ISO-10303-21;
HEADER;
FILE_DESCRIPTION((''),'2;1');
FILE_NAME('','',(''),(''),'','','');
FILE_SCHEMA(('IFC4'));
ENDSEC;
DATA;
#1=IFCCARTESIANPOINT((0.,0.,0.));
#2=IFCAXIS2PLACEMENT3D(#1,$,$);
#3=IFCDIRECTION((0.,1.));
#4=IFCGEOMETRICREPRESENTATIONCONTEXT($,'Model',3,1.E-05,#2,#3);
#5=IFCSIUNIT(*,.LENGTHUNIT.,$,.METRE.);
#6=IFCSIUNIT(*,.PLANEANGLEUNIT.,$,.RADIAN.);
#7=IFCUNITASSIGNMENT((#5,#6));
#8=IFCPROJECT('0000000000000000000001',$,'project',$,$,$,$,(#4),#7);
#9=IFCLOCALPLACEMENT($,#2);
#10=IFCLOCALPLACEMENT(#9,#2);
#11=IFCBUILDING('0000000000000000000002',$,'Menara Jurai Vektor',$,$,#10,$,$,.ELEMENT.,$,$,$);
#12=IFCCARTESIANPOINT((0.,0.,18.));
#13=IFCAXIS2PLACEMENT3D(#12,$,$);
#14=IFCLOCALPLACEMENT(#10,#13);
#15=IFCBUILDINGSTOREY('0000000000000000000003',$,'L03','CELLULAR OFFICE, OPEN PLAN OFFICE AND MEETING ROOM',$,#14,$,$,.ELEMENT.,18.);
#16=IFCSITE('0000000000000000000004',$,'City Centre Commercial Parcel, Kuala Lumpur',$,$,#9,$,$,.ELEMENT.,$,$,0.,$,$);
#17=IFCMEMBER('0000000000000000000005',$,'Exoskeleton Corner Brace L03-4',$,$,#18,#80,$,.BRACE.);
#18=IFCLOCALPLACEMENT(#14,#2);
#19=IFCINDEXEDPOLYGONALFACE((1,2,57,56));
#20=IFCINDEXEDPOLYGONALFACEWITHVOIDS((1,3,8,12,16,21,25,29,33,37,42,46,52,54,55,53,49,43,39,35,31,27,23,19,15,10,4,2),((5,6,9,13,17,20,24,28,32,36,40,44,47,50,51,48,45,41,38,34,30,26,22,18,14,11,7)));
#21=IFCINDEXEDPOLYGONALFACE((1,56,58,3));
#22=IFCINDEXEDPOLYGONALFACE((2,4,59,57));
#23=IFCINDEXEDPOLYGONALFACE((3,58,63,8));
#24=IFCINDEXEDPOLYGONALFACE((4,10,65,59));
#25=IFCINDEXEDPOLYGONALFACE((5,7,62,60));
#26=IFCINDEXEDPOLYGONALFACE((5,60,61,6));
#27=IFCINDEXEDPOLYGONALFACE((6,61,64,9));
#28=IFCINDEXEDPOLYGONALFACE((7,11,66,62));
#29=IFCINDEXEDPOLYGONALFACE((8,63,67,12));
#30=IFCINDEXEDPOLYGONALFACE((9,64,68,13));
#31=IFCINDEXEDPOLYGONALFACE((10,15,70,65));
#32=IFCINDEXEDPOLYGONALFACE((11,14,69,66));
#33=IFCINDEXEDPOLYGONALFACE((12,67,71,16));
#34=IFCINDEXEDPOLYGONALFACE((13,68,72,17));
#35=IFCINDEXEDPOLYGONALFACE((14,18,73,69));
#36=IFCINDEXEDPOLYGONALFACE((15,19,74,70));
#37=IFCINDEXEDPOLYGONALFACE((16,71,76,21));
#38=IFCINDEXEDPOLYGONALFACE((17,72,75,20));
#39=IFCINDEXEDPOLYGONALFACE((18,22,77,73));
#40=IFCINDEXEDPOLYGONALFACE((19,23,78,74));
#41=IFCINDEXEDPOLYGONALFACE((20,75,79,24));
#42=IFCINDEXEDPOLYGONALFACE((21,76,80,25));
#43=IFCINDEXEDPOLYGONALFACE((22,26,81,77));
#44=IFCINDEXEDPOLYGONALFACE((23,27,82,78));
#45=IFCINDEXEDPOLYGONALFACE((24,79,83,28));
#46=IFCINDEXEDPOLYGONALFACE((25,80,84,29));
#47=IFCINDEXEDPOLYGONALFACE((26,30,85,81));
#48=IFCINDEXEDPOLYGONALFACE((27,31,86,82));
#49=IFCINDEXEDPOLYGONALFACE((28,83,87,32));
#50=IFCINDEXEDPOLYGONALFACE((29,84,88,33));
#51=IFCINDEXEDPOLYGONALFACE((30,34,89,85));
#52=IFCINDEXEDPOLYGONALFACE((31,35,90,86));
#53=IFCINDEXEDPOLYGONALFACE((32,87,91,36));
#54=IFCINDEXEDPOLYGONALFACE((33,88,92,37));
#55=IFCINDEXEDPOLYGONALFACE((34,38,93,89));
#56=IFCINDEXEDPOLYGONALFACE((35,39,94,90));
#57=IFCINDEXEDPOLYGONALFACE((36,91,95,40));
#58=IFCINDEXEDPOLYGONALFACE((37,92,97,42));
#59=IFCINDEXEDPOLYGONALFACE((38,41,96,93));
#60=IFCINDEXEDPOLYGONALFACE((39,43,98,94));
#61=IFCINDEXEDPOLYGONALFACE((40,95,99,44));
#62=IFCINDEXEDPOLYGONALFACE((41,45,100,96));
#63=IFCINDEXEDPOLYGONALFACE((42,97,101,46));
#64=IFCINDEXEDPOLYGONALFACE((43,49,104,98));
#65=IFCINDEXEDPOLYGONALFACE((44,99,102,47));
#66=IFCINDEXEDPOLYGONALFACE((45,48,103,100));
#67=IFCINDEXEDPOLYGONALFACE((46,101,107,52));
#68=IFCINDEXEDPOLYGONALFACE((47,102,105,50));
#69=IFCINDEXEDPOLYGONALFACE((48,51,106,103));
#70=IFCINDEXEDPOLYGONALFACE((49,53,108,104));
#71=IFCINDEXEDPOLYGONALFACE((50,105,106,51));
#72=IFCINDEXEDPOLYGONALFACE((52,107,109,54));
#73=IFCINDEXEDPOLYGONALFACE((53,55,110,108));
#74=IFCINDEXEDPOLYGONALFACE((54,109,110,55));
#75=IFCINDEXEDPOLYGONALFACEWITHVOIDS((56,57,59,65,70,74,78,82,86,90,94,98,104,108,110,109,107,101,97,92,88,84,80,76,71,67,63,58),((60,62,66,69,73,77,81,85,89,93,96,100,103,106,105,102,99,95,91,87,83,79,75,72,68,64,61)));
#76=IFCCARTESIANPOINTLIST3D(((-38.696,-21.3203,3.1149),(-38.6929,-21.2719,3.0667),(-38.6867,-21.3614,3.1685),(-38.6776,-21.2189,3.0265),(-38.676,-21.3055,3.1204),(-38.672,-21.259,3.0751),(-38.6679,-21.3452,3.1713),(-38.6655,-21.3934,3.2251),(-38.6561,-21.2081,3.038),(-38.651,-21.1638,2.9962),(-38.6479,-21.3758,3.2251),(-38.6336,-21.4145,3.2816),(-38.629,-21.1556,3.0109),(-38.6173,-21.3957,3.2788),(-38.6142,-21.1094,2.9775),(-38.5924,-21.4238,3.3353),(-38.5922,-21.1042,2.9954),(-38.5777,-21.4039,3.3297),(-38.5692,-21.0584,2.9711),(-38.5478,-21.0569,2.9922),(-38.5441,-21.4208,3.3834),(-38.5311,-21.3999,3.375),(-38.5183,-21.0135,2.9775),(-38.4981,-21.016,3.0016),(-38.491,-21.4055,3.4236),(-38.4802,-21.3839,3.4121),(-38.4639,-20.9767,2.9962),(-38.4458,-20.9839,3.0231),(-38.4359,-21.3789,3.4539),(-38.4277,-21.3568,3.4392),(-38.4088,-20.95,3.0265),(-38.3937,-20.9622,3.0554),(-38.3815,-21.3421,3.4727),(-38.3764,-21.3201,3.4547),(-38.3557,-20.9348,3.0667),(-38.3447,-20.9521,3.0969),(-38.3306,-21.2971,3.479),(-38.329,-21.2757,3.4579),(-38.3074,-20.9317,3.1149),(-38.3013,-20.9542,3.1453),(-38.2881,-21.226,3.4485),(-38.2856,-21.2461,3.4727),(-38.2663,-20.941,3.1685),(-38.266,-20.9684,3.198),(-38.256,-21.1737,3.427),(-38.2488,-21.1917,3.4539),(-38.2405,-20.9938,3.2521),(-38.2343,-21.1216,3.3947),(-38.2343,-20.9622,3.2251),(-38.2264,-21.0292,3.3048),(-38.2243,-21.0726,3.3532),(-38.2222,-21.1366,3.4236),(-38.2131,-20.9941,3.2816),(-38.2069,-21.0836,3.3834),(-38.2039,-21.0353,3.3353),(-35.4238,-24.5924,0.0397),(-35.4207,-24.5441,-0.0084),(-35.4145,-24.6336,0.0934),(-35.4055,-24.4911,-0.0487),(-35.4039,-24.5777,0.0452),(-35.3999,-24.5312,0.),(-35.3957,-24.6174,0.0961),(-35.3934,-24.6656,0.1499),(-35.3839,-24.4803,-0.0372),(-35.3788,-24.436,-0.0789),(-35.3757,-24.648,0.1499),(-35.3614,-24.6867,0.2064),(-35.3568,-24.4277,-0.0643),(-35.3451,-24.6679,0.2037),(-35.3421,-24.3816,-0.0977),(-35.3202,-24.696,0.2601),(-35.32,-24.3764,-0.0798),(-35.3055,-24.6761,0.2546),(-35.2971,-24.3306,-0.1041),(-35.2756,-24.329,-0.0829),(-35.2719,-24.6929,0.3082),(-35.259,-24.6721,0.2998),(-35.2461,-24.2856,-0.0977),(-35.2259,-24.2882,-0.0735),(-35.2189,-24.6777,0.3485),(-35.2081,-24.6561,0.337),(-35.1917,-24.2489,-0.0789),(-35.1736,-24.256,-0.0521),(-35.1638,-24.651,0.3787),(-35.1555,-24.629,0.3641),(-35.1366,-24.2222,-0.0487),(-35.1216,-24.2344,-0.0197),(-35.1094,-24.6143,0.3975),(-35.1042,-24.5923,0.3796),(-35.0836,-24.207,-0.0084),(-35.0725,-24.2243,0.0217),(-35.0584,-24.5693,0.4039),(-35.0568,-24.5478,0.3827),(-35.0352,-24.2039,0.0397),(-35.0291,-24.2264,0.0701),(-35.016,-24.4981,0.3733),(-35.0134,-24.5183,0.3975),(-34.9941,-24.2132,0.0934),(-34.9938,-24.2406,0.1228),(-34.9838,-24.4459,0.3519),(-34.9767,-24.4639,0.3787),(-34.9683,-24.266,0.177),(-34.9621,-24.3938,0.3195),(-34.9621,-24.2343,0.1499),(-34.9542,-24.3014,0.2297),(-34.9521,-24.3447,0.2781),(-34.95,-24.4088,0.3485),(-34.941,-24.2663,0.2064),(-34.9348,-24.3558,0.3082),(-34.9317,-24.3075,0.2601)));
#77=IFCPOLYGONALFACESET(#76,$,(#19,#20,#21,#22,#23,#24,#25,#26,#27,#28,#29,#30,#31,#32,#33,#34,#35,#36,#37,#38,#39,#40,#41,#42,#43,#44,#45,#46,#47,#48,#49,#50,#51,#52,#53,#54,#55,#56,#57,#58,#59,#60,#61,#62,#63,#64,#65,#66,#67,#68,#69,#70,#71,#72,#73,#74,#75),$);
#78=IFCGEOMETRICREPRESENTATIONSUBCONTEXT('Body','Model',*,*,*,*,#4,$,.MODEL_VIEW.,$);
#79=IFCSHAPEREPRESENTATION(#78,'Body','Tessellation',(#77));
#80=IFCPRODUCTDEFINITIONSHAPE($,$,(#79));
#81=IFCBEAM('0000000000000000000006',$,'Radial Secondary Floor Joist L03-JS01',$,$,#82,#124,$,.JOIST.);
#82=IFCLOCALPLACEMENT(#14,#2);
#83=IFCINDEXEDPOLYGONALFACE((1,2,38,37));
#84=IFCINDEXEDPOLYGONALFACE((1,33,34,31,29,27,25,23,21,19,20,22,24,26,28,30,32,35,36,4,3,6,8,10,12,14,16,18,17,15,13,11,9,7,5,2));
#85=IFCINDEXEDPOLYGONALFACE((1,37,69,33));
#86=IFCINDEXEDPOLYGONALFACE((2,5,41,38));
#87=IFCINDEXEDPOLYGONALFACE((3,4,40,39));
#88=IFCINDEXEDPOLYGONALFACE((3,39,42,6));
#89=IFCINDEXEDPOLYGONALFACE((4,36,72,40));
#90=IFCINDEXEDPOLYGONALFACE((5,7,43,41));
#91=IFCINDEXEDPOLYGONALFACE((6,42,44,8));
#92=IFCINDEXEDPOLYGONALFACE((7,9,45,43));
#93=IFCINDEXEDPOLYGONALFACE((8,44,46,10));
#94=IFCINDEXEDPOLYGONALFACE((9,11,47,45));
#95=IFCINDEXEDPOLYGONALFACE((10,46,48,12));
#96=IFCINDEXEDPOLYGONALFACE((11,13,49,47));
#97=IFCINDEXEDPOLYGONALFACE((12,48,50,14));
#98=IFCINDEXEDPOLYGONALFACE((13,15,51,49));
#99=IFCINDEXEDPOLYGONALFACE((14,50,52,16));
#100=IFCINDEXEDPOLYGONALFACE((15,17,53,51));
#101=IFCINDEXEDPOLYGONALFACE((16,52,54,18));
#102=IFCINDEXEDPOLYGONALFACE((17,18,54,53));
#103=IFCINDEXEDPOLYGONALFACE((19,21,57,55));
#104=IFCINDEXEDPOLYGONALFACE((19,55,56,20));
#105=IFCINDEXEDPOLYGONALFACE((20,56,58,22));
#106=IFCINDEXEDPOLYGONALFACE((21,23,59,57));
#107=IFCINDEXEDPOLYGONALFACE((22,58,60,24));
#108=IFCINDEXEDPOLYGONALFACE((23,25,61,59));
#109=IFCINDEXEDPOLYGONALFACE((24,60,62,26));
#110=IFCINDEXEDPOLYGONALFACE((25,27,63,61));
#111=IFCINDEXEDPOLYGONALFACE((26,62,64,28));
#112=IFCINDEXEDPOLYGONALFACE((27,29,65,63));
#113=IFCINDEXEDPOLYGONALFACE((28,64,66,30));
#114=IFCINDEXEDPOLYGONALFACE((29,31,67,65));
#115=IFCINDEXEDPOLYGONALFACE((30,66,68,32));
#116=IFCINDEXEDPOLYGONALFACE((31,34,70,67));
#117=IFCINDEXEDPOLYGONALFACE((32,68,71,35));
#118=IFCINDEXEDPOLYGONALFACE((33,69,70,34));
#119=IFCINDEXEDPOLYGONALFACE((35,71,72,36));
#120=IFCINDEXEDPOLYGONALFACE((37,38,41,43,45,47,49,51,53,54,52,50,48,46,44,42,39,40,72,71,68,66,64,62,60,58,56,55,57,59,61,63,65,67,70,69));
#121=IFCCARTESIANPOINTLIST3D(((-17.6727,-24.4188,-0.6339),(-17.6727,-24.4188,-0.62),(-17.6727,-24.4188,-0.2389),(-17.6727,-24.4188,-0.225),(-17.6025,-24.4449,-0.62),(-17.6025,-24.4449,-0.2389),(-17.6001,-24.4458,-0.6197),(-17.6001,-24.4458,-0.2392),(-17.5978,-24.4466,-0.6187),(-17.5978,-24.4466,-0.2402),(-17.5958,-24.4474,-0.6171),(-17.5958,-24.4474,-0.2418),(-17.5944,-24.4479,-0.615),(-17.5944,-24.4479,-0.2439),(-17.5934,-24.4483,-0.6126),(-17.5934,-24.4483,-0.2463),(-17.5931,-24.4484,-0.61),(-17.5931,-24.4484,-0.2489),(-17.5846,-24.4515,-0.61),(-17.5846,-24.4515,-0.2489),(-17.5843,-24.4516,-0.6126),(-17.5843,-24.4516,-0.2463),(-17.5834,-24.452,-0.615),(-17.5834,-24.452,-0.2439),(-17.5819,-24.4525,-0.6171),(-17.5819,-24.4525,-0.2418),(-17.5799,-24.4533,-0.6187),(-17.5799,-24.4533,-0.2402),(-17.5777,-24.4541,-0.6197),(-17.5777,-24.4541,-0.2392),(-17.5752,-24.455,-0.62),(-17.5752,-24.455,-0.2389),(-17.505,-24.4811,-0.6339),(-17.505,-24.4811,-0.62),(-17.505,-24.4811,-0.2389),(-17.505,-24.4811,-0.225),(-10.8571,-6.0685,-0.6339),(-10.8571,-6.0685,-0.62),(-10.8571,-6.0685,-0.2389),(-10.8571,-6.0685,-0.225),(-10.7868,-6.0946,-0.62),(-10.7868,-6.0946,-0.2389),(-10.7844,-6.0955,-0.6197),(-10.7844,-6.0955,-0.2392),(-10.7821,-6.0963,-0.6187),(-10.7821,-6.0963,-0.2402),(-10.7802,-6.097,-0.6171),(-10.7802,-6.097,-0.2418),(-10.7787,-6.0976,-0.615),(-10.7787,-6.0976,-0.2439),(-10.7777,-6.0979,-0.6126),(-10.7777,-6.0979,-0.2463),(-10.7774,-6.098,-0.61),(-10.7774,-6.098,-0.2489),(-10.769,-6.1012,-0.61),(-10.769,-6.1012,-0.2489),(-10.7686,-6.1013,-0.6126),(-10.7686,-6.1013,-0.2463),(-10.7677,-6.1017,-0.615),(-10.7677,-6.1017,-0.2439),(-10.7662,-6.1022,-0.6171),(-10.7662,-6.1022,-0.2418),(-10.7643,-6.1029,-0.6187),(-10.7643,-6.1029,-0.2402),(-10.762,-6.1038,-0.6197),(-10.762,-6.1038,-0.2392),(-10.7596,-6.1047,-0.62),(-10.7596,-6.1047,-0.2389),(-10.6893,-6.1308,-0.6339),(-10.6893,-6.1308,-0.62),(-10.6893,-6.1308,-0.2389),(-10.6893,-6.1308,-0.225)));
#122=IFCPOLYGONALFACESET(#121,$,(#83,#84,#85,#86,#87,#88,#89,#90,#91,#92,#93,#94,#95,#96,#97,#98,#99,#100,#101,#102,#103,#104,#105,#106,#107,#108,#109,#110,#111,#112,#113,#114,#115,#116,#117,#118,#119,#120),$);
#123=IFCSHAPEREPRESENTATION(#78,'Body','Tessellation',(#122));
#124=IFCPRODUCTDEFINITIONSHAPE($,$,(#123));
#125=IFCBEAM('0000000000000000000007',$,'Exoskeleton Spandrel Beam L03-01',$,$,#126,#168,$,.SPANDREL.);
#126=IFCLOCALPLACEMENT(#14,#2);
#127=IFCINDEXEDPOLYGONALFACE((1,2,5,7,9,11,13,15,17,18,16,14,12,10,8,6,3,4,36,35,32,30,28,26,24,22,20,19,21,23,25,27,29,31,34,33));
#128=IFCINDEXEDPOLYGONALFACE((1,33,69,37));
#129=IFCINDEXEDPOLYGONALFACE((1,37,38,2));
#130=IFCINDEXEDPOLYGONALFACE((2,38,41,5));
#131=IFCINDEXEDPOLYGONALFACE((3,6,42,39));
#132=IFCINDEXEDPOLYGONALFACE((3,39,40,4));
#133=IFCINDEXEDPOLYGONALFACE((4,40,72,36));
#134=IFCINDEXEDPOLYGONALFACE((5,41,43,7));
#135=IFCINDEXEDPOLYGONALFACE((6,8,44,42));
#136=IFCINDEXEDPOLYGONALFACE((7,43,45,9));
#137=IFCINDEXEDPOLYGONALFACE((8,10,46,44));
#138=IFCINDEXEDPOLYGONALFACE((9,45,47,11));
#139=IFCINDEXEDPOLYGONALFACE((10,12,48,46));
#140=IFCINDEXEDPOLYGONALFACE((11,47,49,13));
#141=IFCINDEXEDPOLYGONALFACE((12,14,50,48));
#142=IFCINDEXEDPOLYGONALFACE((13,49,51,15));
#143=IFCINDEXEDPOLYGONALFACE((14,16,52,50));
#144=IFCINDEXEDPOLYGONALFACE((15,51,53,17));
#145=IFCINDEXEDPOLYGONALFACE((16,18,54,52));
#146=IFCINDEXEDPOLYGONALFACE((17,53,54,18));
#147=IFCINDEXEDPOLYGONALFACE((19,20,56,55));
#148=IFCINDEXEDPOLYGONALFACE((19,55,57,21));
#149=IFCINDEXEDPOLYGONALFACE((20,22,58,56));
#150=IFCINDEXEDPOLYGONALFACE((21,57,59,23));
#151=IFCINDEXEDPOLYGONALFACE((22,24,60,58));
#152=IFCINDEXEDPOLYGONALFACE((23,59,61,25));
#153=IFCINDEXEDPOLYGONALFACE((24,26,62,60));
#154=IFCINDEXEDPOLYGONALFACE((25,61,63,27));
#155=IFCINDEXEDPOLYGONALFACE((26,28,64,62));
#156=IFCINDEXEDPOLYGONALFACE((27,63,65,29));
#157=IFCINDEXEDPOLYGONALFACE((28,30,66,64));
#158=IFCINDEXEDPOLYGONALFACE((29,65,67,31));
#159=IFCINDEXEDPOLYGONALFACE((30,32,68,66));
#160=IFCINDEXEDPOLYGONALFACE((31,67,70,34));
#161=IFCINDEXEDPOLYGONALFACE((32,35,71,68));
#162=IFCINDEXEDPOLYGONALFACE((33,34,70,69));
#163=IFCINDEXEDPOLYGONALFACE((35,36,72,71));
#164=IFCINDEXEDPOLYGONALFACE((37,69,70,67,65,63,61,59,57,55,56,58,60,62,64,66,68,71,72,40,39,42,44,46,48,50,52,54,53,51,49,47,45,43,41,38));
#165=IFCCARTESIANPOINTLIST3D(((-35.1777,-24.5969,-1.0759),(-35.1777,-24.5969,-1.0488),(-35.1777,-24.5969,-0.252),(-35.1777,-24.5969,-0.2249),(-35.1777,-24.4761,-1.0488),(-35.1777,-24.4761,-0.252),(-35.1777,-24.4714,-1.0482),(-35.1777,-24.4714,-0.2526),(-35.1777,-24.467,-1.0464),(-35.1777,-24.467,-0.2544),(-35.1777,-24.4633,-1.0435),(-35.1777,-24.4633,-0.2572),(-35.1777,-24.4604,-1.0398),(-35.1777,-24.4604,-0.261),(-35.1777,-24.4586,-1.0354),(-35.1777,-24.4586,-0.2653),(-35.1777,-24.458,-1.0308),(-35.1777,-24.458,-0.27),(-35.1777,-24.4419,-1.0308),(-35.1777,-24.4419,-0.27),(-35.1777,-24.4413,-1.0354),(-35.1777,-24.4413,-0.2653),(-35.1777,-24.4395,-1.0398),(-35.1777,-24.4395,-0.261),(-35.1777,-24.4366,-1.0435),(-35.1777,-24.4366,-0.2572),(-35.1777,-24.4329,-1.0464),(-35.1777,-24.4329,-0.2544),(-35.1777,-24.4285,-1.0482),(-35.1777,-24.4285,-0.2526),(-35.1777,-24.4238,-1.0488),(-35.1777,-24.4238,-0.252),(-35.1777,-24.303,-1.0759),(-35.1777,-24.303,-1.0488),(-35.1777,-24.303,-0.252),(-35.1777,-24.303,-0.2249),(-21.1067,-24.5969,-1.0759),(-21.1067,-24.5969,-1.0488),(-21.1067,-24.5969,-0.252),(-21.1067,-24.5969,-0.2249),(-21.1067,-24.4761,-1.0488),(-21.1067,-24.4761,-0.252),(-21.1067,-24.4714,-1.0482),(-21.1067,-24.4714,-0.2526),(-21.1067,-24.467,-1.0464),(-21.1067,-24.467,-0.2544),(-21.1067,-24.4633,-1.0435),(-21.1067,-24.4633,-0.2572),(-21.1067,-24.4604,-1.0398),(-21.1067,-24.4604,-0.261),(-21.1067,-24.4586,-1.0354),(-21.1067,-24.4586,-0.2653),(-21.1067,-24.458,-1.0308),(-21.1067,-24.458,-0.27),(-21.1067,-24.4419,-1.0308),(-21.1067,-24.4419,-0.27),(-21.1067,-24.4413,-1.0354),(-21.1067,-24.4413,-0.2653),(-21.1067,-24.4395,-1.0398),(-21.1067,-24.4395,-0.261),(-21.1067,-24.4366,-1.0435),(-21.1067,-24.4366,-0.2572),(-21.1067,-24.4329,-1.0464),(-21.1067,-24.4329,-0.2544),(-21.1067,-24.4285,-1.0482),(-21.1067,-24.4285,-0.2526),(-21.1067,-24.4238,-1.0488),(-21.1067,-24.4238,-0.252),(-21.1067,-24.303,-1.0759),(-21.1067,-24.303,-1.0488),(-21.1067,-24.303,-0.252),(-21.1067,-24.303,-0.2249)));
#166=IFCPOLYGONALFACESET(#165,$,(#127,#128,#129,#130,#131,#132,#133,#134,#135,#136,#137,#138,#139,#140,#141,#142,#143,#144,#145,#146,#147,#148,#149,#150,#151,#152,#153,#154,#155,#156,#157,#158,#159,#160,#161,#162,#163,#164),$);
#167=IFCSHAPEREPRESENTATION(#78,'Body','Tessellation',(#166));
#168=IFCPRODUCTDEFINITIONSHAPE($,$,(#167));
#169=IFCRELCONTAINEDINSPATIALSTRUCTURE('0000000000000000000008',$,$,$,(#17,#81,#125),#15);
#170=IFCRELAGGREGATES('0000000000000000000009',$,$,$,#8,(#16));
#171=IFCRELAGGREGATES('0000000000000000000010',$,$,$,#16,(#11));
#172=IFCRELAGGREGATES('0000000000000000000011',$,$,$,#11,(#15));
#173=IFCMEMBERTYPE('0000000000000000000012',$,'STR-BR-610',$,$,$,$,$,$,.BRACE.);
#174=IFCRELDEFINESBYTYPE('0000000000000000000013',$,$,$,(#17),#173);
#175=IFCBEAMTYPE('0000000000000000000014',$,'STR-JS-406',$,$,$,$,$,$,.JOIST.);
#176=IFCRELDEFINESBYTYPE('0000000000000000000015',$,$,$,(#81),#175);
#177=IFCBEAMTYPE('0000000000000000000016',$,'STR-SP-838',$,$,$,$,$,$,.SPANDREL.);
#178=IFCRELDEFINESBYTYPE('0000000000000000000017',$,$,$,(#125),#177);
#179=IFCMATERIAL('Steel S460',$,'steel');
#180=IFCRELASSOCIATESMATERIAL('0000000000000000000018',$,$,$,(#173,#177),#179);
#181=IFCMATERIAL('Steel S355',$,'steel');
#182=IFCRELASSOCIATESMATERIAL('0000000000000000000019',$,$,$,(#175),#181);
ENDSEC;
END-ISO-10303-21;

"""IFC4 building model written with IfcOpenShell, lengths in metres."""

from ifc_helpers import new_model, si_unit, direction, frame, origin, origin_2d, place, context, subcontext, project, spatial, hollow_circle, i_section, extrude, material, material_profile, profile_set, type_object, element, save


model = new_model("IFC4")

# Units and contexts
model_context = context("Model", 3, precision=1e-05, world=origin(), true_north=direction((0.0, 1.0)))
body_context = subcontext(model_context, "Body", "Model", "MODEL_VIEW")
ifc_project = project(units=[si_unit("LENGTHUNIT", "METRE"), si_unit("PLANEANGLEUNIT", "RADIAN")], contexts=[model_context])

# Site, building, storey
site_placement = place(None, origin())
site = spatial("IfcSite", under=ifc_project, at=site_placement, Name="City Centre Commercial Parcel, Kuala Lumpur", CompositionType="ELEMENT", RefElevation=0.0)
building_placement = place(site_placement, origin())
building = spatial("IfcBuilding", under=site, at=building_placement, Name="Menara Jurai Vektor", CompositionType="ELEMENT")
storey_placement = place(building_placement, frame((0.0, 0.0, 18.0)))
storey = spatial("IfcBuildingStorey", under=building, at=storey_placement, Name="L03", Description="CELLULAR OFFICE, OPEN PLAN OFFICE AND MEETING ROOM", CompositionType="ELEMENT", Elevation=18.0)

# Shared definitions
ifc_material_1 = material(Name="Steel S460", Category="steel")

# Shared definitions
ifc_material_2 = material(Name="Steel S355", Category="steel")

# Member
ifc_material_profile_1 = material_profile(ifc_material_1, hollow_circle(Radius=0.3049, WallThickness=0.0249, at=origin_2d()), Name="CHS 610x25")
ifc_profile_set_1 = profile_set([ifc_material_profile_1], Name="Steel S460")
member_type_1 = type_object("IfcMemberType", Name="STR-BR-610", PredefinedType="BRACE", material=ifc_profile_set_1)
member_1_placement = place(storey_placement, frame((-35.1777, -24.45, 0.1499), z_axis=(-0.588928, 0.588928, 0.553469), x_axis=(-0.707107, -0.707107, 0.0)))
element("IfcMember", 1, at=member_1_placement, inside=storey, type_object=member_type_1, Name="Exoskeleton Corner Brace L03-4", PredefinedType="BRACE", context=body_context, shape_type="SweptSolid", body=[
    extrude(hollow_circle(Radius=0.3049, WallThickness=0.0249, at=origin_2d()), origin(), (0.0, 0.0, 1.0), 5.5562),
])

# Beams
ifc_material_profile_2 = material_profile(ifc_material_2, i_section(OverallWidth=0.179, OverallDepth=0.4089, WebThickness=0.009, FlangeThickness=0.0139, FilletRadius=0.01, at=origin_2d()), Name="UKB 406x178x67")
ifc_profile_set_2 = profile_set([ifc_material_profile_2], Name="Steel S355")
beam_type_1 = type_object("IfcBeamType", Name="STR-JS-406", PredefinedType="JOIST", material=ifc_profile_set_2)
beam_1_placement = place(storey_placement, frame((-17.5889, -24.45, -0.4294), z_axis=(0.348179, 0.937428, 0.0), x_axis=(-0.937428, 0.348179, 0.0)))
element("IfcBeam", 2, at=beam_1_placement, inside=storey, type_object=beam_type_1, Name="Radial Secondary Floor Joist L03-JS01", PredefinedType="JOIST", context=body_context, shape_type="SweptSolid", body=[
    extrude(i_section(OverallWidth=0.179, OverallDepth=0.4089, WebThickness=0.009, FlangeThickness=0.0139, FilletRadius=0.01, at=origin_2d()), origin(), (0.0, 0.0, 1.0), 19.5752),
])
ifc_material_profile_3 = material_profile(ifc_material_1, i_section(OverallWidth=0.2939, OverallDepth=0.8511, WebThickness=0.0161, FlangeThickness=0.0271, FilletRadius=0.0181, at=origin_2d()), Name="UKB 838x292x226")
ifc_profile_set_3 = profile_set([ifc_material_profile_3], Name="Steel S460")
beam_type_2 = type_object("IfcBeamType", Name="STR-SP-838", PredefinedType="SPANDREL", material=ifc_profile_set_3)
for number, where, z_axis, x_axis, name in (
    (3, (-35.1777, -24.45, -0.6504), (1.0, 0.0, 0.0), (0.0, 1.0, 0.0), "Exoskeleton Spandrel Beam L03-01"),
):
    element("IfcBeam", number, at=place(storey_placement, frame(where, z_axis=z_axis, x_axis=x_axis)), inside=storey, type_object=beam_type_2, Name=name, PredefinedType="SPANDREL", context=body_context, shape_type="SweptSolid", body=[
        extrude(i_section(OverallWidth=0.2939, OverallDepth=0.8511, WebThickness=0.0161, FlangeThickness=0.0271, FilletRadius=0.0181, at=origin_2d()), origin(), (0.0, 0.0, 1.0), 14.071),
    ])

save(model, "model.ifc")
